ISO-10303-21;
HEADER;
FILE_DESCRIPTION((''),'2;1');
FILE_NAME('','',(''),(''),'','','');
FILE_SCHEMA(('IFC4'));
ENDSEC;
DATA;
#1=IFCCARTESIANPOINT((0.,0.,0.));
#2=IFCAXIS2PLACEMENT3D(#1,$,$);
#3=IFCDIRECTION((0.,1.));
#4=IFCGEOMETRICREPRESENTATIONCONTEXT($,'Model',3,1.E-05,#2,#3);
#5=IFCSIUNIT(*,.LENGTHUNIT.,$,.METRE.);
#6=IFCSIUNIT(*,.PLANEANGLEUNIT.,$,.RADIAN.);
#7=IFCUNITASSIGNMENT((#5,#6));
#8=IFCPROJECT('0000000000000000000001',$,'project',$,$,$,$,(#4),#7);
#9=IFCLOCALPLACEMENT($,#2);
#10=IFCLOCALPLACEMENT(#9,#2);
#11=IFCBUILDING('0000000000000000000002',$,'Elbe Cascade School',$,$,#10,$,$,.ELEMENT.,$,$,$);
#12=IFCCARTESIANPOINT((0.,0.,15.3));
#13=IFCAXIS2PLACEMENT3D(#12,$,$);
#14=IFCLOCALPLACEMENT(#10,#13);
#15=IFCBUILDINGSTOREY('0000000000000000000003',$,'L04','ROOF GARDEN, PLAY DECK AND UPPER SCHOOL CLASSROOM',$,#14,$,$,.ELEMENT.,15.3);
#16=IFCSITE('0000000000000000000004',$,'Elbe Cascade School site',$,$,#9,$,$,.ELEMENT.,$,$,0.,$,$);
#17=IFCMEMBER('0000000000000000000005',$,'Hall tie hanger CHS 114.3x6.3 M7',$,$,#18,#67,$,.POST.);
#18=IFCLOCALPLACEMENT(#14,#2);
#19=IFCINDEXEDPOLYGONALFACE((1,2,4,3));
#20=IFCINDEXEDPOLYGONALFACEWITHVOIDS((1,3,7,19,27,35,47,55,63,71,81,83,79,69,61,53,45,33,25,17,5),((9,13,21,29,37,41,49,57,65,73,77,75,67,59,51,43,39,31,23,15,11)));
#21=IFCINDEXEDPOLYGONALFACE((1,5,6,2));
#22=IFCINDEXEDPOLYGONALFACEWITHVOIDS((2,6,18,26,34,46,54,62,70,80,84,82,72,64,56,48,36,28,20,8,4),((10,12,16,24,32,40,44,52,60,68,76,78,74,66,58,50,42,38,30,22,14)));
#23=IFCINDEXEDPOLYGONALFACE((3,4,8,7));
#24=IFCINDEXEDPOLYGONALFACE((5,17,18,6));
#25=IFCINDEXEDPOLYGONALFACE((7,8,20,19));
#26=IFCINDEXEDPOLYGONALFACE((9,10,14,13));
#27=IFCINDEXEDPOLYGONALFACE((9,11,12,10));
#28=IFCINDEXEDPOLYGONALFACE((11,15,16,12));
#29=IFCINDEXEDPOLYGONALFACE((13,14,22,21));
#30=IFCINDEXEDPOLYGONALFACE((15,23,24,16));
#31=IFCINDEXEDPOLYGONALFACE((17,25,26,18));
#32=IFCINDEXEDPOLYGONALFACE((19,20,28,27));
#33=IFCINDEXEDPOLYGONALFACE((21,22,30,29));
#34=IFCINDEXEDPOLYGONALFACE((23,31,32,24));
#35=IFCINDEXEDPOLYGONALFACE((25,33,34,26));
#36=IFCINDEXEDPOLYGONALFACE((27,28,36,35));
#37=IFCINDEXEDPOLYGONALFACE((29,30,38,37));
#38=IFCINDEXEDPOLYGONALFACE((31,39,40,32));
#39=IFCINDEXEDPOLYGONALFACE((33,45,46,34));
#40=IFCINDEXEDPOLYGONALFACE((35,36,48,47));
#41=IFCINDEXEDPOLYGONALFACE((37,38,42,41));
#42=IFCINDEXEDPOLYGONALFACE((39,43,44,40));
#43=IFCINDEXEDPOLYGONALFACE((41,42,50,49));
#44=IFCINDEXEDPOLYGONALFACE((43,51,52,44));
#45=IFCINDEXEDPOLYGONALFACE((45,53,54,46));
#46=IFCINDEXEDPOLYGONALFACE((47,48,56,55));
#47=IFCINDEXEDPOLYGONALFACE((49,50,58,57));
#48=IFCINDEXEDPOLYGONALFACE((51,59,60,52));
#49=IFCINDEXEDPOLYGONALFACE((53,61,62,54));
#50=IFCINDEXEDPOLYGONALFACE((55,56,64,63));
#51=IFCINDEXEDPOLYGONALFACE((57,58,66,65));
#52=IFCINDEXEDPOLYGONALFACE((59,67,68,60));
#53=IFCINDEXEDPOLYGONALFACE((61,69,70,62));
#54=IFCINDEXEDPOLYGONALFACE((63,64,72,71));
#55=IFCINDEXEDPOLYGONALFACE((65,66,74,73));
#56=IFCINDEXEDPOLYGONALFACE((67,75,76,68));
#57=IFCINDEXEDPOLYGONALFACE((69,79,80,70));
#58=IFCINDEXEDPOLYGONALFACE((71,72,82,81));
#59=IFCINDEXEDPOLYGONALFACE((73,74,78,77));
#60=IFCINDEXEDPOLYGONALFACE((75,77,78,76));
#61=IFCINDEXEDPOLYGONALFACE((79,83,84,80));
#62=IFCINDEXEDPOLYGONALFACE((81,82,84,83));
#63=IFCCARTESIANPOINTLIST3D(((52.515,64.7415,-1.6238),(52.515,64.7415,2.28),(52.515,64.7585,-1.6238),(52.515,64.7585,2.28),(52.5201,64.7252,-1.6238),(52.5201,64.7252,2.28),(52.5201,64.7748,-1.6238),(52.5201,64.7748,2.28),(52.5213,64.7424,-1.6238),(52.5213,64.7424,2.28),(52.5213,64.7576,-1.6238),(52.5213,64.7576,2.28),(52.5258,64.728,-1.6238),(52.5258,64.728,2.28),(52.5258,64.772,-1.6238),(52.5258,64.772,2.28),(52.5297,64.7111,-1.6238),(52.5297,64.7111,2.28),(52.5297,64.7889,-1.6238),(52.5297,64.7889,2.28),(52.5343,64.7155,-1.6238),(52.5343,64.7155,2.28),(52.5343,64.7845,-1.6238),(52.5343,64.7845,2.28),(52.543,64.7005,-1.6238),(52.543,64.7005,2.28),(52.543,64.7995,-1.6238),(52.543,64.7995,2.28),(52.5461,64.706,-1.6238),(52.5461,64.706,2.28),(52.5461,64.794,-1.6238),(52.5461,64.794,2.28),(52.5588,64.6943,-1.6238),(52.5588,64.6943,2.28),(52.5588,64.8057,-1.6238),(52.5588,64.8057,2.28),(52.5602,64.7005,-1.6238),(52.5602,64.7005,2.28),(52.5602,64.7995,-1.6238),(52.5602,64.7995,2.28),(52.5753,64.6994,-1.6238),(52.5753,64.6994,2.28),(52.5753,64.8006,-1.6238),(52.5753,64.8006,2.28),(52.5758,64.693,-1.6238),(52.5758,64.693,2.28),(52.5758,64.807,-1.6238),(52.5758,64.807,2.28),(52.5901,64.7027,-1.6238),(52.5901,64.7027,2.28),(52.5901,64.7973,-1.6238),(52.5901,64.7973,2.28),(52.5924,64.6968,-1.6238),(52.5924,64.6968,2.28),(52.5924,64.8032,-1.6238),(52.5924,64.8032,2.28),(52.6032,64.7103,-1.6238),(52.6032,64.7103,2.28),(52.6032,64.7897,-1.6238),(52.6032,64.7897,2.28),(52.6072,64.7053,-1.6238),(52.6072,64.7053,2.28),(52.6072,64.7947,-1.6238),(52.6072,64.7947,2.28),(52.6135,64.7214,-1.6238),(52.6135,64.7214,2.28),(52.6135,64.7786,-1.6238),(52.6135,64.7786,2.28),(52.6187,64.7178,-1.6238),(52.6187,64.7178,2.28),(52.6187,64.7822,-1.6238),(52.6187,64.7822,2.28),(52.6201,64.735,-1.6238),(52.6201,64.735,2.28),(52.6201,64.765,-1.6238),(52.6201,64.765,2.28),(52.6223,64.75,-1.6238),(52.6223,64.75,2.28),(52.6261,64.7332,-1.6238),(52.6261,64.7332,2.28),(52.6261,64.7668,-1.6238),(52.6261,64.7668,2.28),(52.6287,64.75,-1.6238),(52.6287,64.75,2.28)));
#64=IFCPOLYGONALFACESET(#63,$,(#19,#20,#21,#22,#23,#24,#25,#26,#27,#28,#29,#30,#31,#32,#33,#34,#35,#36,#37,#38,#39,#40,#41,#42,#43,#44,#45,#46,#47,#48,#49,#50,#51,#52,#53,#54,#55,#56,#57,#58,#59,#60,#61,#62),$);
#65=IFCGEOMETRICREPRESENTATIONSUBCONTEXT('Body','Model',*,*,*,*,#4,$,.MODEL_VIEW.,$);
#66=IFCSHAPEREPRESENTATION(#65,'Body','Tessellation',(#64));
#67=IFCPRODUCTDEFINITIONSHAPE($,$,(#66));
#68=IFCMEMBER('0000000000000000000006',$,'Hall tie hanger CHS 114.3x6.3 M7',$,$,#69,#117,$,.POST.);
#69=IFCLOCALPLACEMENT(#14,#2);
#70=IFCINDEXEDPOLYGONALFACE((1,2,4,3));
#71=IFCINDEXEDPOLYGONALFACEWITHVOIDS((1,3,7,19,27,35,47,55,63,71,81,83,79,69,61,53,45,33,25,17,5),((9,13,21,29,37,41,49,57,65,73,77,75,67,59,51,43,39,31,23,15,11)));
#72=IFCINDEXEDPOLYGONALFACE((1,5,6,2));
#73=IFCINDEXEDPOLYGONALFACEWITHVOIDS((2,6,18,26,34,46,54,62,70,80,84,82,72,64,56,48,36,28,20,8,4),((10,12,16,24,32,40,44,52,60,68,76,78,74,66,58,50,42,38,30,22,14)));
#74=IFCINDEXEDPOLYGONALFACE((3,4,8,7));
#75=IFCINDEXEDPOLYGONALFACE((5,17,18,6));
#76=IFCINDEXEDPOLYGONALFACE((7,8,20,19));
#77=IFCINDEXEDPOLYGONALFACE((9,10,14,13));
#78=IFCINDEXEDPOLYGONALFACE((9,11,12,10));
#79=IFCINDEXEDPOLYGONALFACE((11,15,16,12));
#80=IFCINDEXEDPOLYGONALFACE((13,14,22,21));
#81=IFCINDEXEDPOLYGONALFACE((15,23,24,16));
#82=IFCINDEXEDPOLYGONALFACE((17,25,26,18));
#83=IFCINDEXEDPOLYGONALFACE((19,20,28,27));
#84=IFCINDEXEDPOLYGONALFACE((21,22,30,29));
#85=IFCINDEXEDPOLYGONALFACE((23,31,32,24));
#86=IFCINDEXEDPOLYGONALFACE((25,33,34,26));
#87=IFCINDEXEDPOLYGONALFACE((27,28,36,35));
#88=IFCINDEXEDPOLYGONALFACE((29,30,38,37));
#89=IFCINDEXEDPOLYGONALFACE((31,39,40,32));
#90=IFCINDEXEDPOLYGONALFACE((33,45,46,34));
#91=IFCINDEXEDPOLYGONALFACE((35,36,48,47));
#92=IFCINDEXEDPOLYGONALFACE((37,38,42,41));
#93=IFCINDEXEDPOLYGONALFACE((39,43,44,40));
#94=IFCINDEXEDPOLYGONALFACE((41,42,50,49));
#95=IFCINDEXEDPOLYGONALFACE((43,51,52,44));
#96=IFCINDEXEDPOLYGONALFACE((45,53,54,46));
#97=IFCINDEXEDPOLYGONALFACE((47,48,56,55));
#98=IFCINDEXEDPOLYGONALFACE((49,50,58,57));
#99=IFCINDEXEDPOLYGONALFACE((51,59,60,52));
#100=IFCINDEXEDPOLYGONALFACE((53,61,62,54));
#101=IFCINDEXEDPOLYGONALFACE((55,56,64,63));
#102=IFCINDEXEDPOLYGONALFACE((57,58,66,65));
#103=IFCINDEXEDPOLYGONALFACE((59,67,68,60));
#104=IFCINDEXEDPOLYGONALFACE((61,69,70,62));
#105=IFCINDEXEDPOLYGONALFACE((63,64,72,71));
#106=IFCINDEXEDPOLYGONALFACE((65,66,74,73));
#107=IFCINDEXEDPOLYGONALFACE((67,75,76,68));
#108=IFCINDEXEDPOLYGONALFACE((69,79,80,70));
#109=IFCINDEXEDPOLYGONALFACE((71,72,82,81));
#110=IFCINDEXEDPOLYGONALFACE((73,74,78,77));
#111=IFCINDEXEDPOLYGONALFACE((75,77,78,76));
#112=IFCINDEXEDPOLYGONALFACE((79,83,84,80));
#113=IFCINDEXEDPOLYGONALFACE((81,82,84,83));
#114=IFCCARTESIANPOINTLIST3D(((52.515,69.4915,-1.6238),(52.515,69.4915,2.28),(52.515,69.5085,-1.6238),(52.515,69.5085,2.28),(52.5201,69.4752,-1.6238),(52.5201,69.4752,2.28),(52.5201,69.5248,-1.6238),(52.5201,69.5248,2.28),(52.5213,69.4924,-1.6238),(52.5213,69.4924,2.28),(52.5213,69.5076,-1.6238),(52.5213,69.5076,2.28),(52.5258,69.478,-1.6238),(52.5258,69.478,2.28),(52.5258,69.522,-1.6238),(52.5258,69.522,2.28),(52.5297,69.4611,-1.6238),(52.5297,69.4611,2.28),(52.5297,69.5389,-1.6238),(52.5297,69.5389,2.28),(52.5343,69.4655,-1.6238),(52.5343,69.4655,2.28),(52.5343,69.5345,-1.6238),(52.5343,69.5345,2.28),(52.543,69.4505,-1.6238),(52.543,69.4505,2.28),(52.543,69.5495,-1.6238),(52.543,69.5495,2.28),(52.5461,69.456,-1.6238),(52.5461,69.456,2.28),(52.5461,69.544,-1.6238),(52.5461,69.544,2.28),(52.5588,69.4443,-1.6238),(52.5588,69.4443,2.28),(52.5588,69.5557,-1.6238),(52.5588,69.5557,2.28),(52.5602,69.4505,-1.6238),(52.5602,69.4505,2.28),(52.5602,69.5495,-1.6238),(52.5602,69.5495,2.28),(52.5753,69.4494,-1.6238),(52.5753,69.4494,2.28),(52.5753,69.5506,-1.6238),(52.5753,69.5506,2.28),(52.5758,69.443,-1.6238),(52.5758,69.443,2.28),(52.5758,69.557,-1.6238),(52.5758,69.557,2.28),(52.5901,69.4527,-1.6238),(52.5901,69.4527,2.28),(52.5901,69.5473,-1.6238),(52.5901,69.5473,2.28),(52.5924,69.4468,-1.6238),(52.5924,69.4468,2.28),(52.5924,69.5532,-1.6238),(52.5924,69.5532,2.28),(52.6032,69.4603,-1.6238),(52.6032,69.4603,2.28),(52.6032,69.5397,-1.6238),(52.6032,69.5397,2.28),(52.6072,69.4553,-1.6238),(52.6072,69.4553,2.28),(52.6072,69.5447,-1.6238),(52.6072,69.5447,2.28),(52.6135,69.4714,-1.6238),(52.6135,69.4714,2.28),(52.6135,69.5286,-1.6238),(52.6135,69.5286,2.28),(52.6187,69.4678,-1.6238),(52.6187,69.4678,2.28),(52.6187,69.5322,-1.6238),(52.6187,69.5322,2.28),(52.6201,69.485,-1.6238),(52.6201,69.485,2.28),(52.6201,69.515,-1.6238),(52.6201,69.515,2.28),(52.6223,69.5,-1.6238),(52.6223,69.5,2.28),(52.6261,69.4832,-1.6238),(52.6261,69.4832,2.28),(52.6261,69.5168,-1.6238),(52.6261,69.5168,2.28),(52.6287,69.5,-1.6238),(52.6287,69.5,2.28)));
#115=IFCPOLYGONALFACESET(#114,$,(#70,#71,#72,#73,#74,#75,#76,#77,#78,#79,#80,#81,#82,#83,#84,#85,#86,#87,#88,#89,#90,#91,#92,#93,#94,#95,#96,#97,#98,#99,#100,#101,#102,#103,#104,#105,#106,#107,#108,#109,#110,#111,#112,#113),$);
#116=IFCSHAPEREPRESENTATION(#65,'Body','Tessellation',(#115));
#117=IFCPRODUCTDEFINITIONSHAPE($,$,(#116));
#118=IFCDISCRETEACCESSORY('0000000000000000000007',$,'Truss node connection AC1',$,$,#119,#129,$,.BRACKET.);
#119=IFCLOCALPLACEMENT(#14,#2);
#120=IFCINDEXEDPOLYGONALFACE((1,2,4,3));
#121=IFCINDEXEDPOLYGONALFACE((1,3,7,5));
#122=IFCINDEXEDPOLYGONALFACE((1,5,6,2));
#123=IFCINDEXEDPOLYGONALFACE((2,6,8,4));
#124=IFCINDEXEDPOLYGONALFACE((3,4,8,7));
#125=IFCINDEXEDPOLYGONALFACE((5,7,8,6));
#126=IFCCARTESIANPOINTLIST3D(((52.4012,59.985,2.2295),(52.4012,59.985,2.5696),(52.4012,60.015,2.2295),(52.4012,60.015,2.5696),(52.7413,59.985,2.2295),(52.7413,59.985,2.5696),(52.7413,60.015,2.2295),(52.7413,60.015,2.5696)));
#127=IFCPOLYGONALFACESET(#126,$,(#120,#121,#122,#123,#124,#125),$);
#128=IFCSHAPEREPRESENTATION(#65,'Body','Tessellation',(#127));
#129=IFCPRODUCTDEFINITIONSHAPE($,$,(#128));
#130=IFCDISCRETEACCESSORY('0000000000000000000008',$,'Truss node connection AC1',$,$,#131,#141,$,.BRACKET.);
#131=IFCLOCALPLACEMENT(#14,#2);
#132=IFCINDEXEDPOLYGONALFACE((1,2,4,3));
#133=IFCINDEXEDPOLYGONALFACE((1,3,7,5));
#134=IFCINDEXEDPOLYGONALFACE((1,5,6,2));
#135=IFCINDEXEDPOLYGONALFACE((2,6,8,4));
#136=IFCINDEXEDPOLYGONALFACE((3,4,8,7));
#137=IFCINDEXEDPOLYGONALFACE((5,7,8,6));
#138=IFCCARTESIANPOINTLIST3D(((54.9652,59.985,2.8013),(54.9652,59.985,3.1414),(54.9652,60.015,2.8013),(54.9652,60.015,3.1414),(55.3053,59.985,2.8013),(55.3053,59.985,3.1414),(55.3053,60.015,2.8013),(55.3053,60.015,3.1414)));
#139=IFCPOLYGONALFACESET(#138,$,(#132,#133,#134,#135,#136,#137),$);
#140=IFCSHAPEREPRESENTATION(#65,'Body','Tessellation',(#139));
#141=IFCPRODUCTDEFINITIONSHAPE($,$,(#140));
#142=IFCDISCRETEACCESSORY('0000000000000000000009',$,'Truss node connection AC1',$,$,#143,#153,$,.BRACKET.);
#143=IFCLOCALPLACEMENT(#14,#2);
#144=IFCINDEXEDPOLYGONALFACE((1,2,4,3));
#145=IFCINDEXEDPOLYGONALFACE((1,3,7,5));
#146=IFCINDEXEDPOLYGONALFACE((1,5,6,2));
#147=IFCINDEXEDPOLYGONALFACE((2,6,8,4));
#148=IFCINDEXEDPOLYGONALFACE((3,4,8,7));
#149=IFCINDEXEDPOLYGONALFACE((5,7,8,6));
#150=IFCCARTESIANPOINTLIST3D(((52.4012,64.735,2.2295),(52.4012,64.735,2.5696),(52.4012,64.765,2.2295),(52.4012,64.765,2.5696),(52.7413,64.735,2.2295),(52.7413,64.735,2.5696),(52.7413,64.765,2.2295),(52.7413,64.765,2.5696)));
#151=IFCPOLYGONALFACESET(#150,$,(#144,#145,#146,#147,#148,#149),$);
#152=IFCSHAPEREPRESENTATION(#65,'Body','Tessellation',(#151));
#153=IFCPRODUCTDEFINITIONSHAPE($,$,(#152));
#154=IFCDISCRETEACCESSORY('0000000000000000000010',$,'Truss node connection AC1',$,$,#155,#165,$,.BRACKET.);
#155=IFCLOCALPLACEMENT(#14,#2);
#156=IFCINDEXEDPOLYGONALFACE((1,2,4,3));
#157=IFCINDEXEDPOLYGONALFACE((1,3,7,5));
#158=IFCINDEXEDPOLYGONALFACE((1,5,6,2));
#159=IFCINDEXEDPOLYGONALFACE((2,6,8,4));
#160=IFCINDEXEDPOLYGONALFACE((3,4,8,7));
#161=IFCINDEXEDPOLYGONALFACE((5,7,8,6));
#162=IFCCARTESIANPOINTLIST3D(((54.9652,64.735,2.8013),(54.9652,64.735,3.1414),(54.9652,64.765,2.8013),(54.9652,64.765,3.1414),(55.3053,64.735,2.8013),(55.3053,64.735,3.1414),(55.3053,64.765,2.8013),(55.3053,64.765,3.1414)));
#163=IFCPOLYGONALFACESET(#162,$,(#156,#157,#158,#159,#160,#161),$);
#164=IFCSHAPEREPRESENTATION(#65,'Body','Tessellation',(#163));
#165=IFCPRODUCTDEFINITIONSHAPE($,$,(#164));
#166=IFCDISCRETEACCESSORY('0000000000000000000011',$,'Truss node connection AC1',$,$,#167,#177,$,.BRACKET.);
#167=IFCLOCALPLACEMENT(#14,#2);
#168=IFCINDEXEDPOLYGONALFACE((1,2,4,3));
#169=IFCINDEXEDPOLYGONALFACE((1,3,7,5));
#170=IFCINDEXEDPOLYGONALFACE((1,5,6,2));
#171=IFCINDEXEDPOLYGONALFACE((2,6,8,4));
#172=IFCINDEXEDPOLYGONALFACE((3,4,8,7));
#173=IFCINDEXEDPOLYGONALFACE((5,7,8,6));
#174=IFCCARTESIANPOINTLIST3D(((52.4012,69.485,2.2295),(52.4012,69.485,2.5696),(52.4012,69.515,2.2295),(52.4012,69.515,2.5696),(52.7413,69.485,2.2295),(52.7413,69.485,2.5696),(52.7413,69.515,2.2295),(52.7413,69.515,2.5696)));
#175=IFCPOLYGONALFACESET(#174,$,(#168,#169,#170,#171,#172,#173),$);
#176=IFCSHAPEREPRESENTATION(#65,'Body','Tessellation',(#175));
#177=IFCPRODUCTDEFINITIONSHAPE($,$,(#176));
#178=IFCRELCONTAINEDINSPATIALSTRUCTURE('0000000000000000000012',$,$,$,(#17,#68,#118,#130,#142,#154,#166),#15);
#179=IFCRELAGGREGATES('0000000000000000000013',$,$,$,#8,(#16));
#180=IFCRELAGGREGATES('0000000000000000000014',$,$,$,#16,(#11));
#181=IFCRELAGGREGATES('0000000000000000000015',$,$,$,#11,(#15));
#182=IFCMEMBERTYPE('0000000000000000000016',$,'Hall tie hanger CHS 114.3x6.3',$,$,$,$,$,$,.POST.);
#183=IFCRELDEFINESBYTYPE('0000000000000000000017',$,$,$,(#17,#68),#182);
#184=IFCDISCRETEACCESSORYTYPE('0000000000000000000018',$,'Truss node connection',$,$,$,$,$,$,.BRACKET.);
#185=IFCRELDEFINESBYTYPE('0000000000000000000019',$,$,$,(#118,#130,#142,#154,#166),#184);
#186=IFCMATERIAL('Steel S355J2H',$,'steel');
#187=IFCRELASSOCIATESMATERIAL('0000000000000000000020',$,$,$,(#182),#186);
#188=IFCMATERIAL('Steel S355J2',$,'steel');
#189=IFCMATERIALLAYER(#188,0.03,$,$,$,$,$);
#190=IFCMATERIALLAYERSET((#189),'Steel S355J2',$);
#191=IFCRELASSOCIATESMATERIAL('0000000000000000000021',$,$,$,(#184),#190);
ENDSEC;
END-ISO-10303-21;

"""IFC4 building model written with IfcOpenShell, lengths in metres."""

from ifc_helpers import new_model, si_unit, direction, frame, origin, origin_2d, place, context, subcontext, project, spatial, rectangle, hollow_circle, extrude, material, layer, layer_set, material_profile, profile_set, type_object, element, save


model = new_model("IFC4")

# Units and contexts
model_context = context("Model", 3, precision=1e-05, world=origin(), true_north=direction((0.0, 1.0)))
body_context = subcontext(model_context, "Body", "Model", "MODEL_VIEW")
ifc_project = project(units=[si_unit("LENGTHUNIT", "METRE"), si_unit("PLANEANGLEUNIT", "RADIAN")], contexts=[model_context])

# Site, building, storey
site_placement = place(None, origin())
site = spatial("IfcSite", under=ifc_project, at=site_placement, Name="Elbe Cascade School site", CompositionType="ELEMENT", RefElevation=0.0)
building_placement = place(site_placement, origin())
building = spatial("IfcBuilding", under=site, at=building_placement, Name="Elbe Cascade School", CompositionType="ELEMENT")
storey_placement = place(building_placement, frame((0.0, 0.0, 15.3)))
storey = spatial("IfcBuildingStorey", under=building, at=storey_placement, Name="L04", Description="ROOF GARDEN, PLAY DECK AND UPPER SCHOOL CLASSROOM", CompositionType="ELEMENT", Elevation=15.3)

# Members
ifc_material_1 = material(Name="Steel S355J2H", Category="steel")
ifc_material_profile_1 = material_profile(ifc_material_1, hollow_circle(Radius=0.0571, WallThickness=0.0063, at=origin_2d()), Name="CHS 114.3x6.3")
ifc_profile_set_1 = profile_set([ifc_material_profile_1], Name="Steel S355J2H")
member_type_1 = type_object("IfcMemberType", Name="Hall tie hanger CHS 114.3x6.3", PredefinedType="POST", material=ifc_profile_set_1)
for number, where, z_axis, x_axis, name in (
    (1, (52.5715, 64.75, -1.6238), (0.0, 0.0, 1.0), (1.0, 0.0, 0.0), "Hall tie hanger CHS 114.3x6.3 M7"),
    (2, (52.5715, 69.5, -1.6238), (0.0, 0.0, 1.0), (1.0, 0.0, 0.0), "Hall tie hanger CHS 114.3x6.3 M7"),
):
    element("IfcMember", number, at=place(storey_placement, frame(where, z_axis=z_axis, x_axis=x_axis)), inside=storey, type_object=member_type_1, Name=name, PredefinedType="POST", context=body_context, shape_type="SweptSolid", body=[
        extrude(hollow_circle(Radius=0.0571, WallThickness=0.0063, at=origin_2d()), origin(), (0.0, 0.0, 1.0), 3.9038),
    ])

# Discrete accessories
ifc_material_2 = material(Name="Steel S355J2", Category="steel")
ifc_layer = layer(ifc_material_2, 0.03)
ifc_layer_set = layer_set([ifc_layer], Name="Steel S355J2")
discrete_accessory_type = type_object("IfcDiscreteAccessoryType", Name="Truss node connection", PredefinedType="BRACKET", material=ifc_layer_set)
for number, where, z_axis, x_axis, name in (
    (3, (52.5713, 60.0, 2.2295), (0.0, 0.0, 1.0), (1.0, 0.0, 0.0), "Truss node connection AC1"),
    (4, (55.1353, 60.0, 2.8013), (0.0, 0.0, 1.0), (1.0, 0.0, 0.0), "Truss node connection AC1"),
    (5, (52.5713, 64.75, 2.2295), (0.0, 0.0, 1.0), (1.0, 0.0, 0.0), "Truss node connection AC1"),
    (6, (55.1353, 64.75, 2.8013), (0.0, 0.0, 1.0), (1.0, 0.0, 0.0), "Truss node connection AC1"),
    (7, (52.5713, 69.5, 2.2295), (0.0, 0.0, 1.0), (1.0, 0.0, 0.0), "Truss node connection AC1"),
):
    element("IfcDiscreteAccessory", number, at=place(storey_placement, frame(where, z_axis=z_axis, x_axis=x_axis)), inside=storey, type_object=discrete_accessory_type, Name=name, PredefinedType="BRACKET", context=body_context, shape_type="SweptSolid", body=[
        extrude(rectangle(XDim=0.3401, YDim=0.03, at=origin_2d()), origin(), (0.0, 0.0, 1.0), 0.3401),
    ])

save(model, "model.ifc")
